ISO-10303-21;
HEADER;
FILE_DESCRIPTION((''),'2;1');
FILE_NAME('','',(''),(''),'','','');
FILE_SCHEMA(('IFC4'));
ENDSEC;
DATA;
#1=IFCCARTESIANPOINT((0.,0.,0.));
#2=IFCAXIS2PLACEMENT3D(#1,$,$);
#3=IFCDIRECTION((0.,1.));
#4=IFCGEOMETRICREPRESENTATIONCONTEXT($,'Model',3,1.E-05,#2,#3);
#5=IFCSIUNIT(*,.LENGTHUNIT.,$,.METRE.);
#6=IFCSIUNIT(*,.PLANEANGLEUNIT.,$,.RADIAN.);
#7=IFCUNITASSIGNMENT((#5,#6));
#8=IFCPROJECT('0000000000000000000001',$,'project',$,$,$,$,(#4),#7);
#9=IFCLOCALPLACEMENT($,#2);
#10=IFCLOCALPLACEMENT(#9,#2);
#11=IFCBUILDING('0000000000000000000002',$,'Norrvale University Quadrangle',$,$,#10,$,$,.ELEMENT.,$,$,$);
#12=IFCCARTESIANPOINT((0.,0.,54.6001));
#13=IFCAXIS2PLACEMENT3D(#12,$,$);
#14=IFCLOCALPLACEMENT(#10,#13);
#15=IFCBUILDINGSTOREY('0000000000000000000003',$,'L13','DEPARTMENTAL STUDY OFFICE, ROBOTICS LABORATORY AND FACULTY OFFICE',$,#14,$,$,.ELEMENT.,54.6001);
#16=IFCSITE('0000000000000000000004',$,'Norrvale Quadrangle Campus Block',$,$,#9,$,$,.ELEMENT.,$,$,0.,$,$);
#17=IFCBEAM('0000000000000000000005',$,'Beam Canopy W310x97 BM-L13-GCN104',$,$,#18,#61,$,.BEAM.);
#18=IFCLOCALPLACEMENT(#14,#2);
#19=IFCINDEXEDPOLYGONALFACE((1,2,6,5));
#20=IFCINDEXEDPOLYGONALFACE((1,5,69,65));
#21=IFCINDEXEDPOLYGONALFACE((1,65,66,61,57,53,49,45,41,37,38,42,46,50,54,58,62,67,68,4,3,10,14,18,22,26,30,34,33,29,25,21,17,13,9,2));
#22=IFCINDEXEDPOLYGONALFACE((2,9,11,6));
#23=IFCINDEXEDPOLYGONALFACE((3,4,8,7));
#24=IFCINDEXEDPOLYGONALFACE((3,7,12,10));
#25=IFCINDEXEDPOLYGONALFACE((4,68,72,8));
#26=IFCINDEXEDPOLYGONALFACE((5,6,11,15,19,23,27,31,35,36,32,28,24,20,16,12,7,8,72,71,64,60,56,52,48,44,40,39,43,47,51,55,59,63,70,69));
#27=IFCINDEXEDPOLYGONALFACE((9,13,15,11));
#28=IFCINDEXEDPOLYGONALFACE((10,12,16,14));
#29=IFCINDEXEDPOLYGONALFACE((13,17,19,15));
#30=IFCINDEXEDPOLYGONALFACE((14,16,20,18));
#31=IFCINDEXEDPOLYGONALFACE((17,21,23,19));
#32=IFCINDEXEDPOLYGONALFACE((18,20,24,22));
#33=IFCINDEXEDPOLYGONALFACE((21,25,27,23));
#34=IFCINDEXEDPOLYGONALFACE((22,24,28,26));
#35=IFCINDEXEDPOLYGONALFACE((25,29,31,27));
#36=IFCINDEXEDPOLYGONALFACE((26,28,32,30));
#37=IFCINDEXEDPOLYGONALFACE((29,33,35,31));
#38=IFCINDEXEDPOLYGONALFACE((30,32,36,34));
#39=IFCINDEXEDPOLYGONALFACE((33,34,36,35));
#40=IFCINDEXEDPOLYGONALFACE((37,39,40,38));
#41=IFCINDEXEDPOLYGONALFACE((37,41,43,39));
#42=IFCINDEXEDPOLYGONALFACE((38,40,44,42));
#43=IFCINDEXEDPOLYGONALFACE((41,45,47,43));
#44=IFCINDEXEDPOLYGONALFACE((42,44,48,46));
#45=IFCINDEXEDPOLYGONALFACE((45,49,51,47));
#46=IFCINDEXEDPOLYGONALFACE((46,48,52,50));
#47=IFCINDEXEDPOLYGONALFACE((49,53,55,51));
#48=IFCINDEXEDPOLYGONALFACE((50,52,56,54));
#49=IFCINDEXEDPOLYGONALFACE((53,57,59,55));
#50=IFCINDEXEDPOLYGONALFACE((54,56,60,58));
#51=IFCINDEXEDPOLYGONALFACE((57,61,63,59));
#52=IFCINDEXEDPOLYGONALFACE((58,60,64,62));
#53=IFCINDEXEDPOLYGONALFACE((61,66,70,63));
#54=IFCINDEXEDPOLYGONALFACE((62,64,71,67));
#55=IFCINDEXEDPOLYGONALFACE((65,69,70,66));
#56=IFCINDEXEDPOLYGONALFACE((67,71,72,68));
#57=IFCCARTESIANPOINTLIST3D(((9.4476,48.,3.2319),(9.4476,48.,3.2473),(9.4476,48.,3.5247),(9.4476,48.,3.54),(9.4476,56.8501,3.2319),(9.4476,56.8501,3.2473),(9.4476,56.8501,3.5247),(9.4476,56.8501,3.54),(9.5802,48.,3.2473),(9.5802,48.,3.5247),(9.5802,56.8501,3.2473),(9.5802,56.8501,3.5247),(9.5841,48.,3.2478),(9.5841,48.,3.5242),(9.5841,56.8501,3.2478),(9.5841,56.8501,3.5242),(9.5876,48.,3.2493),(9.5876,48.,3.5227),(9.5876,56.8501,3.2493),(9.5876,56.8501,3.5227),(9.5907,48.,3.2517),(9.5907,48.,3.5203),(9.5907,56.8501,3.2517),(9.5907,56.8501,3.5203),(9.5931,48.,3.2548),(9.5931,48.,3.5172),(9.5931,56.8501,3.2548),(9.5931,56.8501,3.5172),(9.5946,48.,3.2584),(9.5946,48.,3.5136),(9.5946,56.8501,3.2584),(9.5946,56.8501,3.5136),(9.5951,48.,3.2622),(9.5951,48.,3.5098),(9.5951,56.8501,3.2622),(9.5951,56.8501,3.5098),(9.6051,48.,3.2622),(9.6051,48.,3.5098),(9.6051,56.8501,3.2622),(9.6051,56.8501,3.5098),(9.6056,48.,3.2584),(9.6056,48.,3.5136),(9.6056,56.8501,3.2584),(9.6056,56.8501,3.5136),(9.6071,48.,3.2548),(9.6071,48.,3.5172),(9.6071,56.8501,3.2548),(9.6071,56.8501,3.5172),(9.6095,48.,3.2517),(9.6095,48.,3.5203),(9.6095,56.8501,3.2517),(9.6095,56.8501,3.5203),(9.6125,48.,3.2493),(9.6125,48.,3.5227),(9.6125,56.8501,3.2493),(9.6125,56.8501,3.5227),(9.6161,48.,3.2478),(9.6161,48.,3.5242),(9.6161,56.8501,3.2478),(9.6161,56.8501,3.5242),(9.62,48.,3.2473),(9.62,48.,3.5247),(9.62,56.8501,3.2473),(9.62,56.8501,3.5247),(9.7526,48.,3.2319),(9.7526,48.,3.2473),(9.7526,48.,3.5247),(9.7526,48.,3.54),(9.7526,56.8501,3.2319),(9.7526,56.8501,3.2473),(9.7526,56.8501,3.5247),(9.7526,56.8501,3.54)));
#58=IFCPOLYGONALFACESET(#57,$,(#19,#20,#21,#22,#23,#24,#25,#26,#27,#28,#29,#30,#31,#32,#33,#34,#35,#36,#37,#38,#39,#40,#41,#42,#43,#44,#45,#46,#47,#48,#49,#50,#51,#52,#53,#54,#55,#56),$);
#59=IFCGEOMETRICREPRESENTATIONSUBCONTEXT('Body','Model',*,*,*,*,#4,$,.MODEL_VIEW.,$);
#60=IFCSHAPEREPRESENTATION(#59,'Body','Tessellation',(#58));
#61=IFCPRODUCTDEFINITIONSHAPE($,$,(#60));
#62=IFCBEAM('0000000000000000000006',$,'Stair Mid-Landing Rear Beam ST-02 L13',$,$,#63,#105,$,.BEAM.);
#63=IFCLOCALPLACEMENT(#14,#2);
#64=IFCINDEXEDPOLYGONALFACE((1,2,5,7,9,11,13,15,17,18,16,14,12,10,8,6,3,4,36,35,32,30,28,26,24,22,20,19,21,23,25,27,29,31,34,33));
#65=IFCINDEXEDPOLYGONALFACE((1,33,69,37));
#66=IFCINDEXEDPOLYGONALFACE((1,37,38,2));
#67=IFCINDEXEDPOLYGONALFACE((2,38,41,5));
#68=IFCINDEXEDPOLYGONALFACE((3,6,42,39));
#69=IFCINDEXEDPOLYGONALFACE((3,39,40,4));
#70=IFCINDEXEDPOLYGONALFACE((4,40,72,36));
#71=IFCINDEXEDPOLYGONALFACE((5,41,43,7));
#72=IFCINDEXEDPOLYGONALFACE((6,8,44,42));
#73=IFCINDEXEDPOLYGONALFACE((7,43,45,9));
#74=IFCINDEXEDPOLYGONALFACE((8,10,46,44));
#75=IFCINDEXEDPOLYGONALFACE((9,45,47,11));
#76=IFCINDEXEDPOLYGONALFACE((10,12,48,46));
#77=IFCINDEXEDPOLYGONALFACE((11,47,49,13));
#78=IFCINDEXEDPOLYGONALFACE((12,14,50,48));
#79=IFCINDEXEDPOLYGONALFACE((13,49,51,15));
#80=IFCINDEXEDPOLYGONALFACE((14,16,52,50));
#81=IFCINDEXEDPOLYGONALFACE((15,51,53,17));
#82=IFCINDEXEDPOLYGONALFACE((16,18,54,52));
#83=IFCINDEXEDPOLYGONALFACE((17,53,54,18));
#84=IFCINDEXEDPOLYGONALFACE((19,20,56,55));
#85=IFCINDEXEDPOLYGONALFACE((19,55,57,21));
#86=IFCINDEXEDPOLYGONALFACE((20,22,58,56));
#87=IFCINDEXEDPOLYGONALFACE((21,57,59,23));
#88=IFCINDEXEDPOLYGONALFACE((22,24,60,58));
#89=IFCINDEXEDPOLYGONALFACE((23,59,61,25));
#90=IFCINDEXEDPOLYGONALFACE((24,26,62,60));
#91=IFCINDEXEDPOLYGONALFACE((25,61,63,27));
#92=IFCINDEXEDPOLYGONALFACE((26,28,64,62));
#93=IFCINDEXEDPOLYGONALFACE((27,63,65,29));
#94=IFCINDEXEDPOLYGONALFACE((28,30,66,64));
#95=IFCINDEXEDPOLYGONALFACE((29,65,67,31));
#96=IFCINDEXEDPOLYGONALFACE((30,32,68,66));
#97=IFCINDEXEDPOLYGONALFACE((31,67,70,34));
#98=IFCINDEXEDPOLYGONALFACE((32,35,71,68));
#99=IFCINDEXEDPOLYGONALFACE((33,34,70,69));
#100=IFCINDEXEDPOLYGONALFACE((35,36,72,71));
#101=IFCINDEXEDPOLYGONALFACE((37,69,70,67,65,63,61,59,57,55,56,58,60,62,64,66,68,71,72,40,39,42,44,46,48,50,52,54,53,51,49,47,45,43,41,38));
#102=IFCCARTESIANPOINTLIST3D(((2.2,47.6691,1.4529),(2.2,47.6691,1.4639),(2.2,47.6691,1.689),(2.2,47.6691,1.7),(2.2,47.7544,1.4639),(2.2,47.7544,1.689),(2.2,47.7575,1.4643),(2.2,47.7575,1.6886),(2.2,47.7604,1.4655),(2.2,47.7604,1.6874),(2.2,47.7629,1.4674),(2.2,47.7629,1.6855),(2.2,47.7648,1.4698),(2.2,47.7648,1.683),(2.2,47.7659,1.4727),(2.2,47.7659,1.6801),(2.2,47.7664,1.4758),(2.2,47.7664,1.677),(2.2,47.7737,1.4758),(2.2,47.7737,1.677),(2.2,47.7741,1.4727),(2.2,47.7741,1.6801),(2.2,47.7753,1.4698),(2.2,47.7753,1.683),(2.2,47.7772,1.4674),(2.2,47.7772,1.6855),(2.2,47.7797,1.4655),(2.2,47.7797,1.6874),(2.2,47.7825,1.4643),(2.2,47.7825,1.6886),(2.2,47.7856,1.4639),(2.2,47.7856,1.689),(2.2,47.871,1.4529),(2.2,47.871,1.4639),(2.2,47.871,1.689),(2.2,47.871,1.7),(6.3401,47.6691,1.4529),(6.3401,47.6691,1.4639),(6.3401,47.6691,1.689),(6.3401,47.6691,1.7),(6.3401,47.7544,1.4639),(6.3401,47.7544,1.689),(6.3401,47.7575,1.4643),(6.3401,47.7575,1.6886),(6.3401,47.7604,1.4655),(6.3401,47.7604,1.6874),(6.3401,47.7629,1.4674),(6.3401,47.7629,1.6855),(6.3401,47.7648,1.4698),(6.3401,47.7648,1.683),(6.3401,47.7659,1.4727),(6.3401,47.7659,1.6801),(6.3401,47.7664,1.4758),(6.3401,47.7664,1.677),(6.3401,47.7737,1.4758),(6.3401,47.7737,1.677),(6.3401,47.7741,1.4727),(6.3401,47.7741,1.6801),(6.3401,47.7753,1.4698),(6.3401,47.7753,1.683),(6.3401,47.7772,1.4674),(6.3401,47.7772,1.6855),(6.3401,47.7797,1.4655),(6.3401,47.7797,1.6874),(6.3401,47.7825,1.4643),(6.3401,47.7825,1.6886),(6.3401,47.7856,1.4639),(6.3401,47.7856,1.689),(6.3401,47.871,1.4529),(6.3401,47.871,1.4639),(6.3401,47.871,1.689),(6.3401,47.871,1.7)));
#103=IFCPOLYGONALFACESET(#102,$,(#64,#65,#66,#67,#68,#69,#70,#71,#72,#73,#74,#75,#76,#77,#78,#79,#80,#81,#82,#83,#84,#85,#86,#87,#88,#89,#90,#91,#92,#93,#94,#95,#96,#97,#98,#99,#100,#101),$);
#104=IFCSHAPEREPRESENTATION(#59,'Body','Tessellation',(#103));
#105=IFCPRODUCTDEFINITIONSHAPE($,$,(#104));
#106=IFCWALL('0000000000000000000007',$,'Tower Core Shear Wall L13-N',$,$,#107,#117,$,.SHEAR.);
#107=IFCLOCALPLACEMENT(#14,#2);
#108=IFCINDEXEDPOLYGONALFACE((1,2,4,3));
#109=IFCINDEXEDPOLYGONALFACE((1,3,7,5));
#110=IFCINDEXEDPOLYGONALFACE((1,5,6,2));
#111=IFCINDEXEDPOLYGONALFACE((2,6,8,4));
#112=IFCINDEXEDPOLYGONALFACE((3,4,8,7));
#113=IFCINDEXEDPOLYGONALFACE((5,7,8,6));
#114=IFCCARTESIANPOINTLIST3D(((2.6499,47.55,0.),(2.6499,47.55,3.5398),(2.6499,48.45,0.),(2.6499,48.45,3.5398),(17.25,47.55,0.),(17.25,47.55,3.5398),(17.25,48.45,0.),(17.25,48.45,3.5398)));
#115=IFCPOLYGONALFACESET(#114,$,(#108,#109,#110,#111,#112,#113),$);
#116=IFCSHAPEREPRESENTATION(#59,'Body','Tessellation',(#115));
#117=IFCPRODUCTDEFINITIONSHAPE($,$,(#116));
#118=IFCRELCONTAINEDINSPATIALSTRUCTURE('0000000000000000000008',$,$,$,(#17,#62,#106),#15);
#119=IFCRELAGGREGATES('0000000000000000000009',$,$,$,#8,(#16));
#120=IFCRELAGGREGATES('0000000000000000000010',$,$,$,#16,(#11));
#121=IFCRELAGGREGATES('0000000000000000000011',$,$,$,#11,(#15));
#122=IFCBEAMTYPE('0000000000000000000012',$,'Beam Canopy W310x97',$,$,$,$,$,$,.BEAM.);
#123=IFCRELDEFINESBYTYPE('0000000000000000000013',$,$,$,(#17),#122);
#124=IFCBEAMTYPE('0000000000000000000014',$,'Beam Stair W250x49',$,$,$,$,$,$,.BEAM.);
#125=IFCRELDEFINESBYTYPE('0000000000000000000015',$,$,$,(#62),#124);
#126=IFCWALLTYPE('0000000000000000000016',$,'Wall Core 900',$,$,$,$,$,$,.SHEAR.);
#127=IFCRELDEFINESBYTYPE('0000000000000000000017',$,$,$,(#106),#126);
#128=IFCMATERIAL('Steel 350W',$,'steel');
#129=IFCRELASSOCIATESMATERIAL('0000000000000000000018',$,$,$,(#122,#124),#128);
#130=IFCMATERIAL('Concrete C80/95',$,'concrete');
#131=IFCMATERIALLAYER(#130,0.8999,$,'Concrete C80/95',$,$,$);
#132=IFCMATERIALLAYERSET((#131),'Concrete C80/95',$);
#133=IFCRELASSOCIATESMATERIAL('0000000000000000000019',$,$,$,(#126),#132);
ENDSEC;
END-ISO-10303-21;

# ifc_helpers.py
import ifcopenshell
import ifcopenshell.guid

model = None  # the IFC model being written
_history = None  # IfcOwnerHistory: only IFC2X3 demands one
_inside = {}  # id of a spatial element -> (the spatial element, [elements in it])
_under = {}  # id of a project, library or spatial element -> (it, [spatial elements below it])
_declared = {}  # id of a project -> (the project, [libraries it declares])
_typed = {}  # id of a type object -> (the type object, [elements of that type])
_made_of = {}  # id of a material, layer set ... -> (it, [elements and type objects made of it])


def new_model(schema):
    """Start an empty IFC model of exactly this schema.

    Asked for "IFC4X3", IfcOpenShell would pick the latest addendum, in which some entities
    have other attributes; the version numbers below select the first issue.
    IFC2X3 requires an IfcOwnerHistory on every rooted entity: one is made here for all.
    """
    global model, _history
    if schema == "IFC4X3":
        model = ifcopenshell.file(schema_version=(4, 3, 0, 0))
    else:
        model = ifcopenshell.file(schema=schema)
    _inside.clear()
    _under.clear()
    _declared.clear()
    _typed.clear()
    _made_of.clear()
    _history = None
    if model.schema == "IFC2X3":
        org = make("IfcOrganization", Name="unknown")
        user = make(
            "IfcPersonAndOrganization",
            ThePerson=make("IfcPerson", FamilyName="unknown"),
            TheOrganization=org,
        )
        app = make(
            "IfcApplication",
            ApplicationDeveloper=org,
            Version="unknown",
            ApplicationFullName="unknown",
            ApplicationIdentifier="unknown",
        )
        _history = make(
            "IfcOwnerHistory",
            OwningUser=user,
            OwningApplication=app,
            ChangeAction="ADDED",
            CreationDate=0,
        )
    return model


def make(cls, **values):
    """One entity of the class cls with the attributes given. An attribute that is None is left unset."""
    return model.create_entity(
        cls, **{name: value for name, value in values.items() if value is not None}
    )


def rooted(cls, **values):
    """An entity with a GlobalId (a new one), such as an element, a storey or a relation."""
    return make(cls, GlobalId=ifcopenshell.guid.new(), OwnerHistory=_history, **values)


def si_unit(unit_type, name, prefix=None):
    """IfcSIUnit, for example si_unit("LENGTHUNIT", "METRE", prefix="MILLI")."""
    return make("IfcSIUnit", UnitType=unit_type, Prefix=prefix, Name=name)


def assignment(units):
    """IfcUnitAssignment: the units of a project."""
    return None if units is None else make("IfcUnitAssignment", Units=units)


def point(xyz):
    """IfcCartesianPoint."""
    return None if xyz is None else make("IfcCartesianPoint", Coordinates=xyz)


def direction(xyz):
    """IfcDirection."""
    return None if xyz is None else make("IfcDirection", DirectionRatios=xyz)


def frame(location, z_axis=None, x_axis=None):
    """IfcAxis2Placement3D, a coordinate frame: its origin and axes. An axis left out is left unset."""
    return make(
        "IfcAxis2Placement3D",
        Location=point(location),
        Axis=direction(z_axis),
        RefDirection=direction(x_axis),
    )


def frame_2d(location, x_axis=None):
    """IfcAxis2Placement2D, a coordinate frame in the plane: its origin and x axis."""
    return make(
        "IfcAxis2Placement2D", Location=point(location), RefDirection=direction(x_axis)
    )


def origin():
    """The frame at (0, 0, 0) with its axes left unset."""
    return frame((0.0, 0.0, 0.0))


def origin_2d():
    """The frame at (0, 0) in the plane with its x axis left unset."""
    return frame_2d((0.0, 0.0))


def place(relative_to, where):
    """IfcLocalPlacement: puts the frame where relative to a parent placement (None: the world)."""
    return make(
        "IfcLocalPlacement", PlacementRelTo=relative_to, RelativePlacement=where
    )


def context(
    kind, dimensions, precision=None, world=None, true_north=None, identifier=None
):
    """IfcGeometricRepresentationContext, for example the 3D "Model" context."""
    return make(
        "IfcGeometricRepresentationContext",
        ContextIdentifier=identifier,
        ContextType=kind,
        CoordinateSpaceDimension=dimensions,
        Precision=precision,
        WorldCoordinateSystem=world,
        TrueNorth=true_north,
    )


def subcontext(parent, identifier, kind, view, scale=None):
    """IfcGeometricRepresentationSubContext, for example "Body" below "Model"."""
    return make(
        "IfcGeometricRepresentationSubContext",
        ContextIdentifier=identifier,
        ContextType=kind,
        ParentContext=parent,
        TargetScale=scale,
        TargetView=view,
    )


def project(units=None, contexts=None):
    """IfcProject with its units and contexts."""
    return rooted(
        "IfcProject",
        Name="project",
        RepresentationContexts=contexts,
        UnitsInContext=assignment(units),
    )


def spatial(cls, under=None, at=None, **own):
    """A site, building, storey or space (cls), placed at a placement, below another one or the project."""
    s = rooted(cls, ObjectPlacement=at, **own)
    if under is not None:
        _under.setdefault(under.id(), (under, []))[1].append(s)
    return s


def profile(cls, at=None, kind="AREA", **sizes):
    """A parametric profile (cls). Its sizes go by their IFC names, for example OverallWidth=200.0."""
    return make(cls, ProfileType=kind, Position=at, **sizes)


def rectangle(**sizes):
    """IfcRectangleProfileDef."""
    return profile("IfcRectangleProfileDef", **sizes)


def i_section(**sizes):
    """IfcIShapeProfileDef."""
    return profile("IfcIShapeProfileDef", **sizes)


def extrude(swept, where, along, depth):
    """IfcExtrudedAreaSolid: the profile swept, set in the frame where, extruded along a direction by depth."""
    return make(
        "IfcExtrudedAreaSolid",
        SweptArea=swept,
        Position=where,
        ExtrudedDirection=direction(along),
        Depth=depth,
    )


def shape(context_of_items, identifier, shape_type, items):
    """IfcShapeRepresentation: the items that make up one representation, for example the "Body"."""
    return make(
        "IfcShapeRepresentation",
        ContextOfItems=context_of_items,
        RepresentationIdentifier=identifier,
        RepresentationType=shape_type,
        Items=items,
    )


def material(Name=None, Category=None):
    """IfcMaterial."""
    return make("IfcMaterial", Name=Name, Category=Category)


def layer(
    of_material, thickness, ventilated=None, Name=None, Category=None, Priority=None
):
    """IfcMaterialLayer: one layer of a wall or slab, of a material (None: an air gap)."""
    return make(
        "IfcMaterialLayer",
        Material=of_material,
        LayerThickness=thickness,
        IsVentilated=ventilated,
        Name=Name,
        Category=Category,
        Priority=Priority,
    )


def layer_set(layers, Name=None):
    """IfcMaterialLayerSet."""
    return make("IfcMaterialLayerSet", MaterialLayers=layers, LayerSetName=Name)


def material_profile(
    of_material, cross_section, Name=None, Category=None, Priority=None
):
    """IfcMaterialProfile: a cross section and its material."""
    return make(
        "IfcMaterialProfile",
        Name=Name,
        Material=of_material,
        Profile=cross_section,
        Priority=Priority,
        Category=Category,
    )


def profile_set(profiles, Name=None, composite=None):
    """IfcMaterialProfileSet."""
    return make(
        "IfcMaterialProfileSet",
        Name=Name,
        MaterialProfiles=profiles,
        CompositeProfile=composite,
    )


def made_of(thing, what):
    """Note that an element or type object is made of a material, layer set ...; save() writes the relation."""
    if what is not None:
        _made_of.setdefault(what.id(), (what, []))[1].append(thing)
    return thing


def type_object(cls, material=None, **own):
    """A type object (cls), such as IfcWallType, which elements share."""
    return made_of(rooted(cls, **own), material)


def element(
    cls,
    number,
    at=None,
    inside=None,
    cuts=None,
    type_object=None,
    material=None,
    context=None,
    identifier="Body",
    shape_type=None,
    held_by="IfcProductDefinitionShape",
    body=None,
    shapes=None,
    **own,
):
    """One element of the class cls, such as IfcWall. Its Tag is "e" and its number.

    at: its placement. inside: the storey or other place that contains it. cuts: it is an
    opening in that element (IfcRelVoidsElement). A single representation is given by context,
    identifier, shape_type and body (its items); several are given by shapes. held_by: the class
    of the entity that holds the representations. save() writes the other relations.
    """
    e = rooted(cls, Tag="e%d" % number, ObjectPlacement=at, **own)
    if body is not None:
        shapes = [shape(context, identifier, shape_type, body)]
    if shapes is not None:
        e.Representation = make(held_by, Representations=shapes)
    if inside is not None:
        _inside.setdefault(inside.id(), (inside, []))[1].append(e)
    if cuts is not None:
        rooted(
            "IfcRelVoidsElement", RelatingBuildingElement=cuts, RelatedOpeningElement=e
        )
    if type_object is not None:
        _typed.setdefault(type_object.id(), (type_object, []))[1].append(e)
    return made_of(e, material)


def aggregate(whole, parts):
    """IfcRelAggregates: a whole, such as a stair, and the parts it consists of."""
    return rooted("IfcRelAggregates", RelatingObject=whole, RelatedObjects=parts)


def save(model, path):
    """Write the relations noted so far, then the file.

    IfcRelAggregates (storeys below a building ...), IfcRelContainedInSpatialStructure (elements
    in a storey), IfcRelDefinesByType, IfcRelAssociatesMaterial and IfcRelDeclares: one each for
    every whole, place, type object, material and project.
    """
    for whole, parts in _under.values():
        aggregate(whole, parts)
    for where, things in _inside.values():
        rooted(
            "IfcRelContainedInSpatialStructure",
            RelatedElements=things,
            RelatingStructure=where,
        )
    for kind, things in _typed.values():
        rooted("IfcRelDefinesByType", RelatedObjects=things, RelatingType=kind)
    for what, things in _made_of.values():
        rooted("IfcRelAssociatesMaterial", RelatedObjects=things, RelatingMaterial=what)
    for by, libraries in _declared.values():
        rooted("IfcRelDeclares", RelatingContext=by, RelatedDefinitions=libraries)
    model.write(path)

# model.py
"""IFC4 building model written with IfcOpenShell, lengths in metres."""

from ifc_helpers import new_model, si_unit, direction, frame, frame_2d, origin, origin_2d, place, context, subcontext, project, spatial, rectangle, i_section, extrude, material, layer, layer_set, material_profile, profile_set, type_object, element, save


model = new_model("IFC4")

# Units and contexts
model_context = context("Model", 3, precision=1e-05, world=origin(), true_north=direction((0.0, 1.0)))
body_context = subcontext(model_context, "Body", "Model", "MODEL_VIEW")
ifc_project = project(units=[si_unit("LENGTHUNIT", "METRE"), si_unit("PLANEANGLEUNIT", "RADIAN")], contexts=[model_context])

# Site, building, storey
site_placement = place(None, origin())
site = spatial("IfcSite", under=ifc_project, at=site_placement, Name="Norrvale Quadrangle Campus Block", CompositionType="ELEMENT", RefElevation=0.0)
building_placement = place(site_placement, origin())
building = spatial("IfcBuilding", under=site, at=building_placement, Name="Norrvale University Quadrangle", CompositionType="ELEMENT")
storey_placement = place(building_placement, frame((0.0, 0.0, 54.6001)))
storey = spatial("IfcBuildingStorey", under=building, at=storey_placement, Name="L13", Description="DEPARTMENTAL STUDY OFFICE, ROBOTICS LABORATORY AND FACULTY OFFICE", CompositionType="ELEMENT", Elevation=54.6001)

# Shared definitions
ifc_material_1 = material(Name="Concrete C80/95", Category="concrete")

# Beams
ifc_material_2 = material(Name="Steel 350W", Category="steel")
ifc_material_profile_1 = material_profile(ifc_material_2, i_section(OverallWidth=0.3049, OverallDepth=0.3081, WebThickness=0.01, FlangeThickness=0.0154, FilletRadius=0.0149, at=origin_2d()), Name="Steel 350W")
ifc_profile_set_1 = profile_set([ifc_material_profile_1], Name="Steel 350W")
beam_type_1 = type_object("IfcBeamType", Name="Beam Canopy W310x97", PredefinedType="BEAM", material=ifc_profile_set_1)
beam_1_placement = place(storey_placement, frame((9.6001, 48.0, 3.386), z_axis=(0.0, 1.0, 0.0), x_axis=(-1.0, 0.0, 0.0)))
element("IfcBeam", 1, at=beam_1_placement, inside=storey, type_object=beam_type_1, Name="Beam Canopy W310x97 BM-L13-GCN104", PredefinedType="BEAM", context=body_context, shape_type="SweptSolid", body=[
    extrude(i_section(OverallWidth=0.3049, OverallDepth=0.3081, WebThickness=0.01, FlangeThickness=0.0154, FilletRadius=0.0149, at=origin_2d()), origin(), (0.0, 0.0, 1.0), 8.8501),
])
ifc_material_profile_2 = material_profile(ifc_material_2, i_section(OverallWidth=0.2019, OverallDepth=0.2471, WebThickness=0.0073, FlangeThickness=0.011, FilletRadius=0.012, at=origin_2d()), Name="Steel 350W")
ifc_profile_set_2 = profile_set([ifc_material_profile_2], Name="Steel 350W")
beam_type_2 = type_object("IfcBeamType", Name="Beam Stair W250x49", PredefinedType="BEAM", material=ifc_profile_set_2)
beam_2_placement = place(storey_placement, frame((2.2, 47.77, 1.5764), z_axis=(1.0, 0.0, 0.0), x_axis=(0.0, 1.0, 0.0)))
element("IfcBeam", 2, at=beam_2_placement, inside=storey, type_object=beam_type_2, Name="Stair Mid-Landing Rear Beam ST-02 L13", PredefinedType="BEAM", context=body_context, shape_type="SweptSolid", body=[
    extrude(i_section(OverallWidth=0.2019, OverallDepth=0.2471, WebThickness=0.0073, FlangeThickness=0.011, FilletRadius=0.012, at=origin_2d()), origin(), (0.0, 0.0, 1.0), 4.1401),
])

# Wall
ifc_layer_1 = layer(ifc_material_1, 0.8999, Name="Concrete C80/95")
ifc_layer_set_1 = layer_set([ifc_layer_1], Name="Concrete C80/95")
wall_type_1 = type_object("IfcWallType", Name="Wall Core 900", PredefinedType="SHEAR", material=ifc_layer_set_1)
wall_1_placement = place(storey_placement, frame((2.6499, 48.0, 0.0), z_axis=(0.0, 0.0, 1.0), x_axis=(1.0, 0.0, 0.0)))
element("IfcWall", 3, at=wall_1_placement, inside=storey, type_object=wall_type_1, Name="Tower Core Shear Wall L13-N", PredefinedType="SHEAR", context=body_context, shape_type="SweptSolid", body=[
    extrude(rectangle(XDim=14.6001, YDim=0.8999, at=frame_2d((7.3, 0.0))), origin(), (0.0, 0.0, 1.0), 3.5398),
])

save(model, "model.ifc")
